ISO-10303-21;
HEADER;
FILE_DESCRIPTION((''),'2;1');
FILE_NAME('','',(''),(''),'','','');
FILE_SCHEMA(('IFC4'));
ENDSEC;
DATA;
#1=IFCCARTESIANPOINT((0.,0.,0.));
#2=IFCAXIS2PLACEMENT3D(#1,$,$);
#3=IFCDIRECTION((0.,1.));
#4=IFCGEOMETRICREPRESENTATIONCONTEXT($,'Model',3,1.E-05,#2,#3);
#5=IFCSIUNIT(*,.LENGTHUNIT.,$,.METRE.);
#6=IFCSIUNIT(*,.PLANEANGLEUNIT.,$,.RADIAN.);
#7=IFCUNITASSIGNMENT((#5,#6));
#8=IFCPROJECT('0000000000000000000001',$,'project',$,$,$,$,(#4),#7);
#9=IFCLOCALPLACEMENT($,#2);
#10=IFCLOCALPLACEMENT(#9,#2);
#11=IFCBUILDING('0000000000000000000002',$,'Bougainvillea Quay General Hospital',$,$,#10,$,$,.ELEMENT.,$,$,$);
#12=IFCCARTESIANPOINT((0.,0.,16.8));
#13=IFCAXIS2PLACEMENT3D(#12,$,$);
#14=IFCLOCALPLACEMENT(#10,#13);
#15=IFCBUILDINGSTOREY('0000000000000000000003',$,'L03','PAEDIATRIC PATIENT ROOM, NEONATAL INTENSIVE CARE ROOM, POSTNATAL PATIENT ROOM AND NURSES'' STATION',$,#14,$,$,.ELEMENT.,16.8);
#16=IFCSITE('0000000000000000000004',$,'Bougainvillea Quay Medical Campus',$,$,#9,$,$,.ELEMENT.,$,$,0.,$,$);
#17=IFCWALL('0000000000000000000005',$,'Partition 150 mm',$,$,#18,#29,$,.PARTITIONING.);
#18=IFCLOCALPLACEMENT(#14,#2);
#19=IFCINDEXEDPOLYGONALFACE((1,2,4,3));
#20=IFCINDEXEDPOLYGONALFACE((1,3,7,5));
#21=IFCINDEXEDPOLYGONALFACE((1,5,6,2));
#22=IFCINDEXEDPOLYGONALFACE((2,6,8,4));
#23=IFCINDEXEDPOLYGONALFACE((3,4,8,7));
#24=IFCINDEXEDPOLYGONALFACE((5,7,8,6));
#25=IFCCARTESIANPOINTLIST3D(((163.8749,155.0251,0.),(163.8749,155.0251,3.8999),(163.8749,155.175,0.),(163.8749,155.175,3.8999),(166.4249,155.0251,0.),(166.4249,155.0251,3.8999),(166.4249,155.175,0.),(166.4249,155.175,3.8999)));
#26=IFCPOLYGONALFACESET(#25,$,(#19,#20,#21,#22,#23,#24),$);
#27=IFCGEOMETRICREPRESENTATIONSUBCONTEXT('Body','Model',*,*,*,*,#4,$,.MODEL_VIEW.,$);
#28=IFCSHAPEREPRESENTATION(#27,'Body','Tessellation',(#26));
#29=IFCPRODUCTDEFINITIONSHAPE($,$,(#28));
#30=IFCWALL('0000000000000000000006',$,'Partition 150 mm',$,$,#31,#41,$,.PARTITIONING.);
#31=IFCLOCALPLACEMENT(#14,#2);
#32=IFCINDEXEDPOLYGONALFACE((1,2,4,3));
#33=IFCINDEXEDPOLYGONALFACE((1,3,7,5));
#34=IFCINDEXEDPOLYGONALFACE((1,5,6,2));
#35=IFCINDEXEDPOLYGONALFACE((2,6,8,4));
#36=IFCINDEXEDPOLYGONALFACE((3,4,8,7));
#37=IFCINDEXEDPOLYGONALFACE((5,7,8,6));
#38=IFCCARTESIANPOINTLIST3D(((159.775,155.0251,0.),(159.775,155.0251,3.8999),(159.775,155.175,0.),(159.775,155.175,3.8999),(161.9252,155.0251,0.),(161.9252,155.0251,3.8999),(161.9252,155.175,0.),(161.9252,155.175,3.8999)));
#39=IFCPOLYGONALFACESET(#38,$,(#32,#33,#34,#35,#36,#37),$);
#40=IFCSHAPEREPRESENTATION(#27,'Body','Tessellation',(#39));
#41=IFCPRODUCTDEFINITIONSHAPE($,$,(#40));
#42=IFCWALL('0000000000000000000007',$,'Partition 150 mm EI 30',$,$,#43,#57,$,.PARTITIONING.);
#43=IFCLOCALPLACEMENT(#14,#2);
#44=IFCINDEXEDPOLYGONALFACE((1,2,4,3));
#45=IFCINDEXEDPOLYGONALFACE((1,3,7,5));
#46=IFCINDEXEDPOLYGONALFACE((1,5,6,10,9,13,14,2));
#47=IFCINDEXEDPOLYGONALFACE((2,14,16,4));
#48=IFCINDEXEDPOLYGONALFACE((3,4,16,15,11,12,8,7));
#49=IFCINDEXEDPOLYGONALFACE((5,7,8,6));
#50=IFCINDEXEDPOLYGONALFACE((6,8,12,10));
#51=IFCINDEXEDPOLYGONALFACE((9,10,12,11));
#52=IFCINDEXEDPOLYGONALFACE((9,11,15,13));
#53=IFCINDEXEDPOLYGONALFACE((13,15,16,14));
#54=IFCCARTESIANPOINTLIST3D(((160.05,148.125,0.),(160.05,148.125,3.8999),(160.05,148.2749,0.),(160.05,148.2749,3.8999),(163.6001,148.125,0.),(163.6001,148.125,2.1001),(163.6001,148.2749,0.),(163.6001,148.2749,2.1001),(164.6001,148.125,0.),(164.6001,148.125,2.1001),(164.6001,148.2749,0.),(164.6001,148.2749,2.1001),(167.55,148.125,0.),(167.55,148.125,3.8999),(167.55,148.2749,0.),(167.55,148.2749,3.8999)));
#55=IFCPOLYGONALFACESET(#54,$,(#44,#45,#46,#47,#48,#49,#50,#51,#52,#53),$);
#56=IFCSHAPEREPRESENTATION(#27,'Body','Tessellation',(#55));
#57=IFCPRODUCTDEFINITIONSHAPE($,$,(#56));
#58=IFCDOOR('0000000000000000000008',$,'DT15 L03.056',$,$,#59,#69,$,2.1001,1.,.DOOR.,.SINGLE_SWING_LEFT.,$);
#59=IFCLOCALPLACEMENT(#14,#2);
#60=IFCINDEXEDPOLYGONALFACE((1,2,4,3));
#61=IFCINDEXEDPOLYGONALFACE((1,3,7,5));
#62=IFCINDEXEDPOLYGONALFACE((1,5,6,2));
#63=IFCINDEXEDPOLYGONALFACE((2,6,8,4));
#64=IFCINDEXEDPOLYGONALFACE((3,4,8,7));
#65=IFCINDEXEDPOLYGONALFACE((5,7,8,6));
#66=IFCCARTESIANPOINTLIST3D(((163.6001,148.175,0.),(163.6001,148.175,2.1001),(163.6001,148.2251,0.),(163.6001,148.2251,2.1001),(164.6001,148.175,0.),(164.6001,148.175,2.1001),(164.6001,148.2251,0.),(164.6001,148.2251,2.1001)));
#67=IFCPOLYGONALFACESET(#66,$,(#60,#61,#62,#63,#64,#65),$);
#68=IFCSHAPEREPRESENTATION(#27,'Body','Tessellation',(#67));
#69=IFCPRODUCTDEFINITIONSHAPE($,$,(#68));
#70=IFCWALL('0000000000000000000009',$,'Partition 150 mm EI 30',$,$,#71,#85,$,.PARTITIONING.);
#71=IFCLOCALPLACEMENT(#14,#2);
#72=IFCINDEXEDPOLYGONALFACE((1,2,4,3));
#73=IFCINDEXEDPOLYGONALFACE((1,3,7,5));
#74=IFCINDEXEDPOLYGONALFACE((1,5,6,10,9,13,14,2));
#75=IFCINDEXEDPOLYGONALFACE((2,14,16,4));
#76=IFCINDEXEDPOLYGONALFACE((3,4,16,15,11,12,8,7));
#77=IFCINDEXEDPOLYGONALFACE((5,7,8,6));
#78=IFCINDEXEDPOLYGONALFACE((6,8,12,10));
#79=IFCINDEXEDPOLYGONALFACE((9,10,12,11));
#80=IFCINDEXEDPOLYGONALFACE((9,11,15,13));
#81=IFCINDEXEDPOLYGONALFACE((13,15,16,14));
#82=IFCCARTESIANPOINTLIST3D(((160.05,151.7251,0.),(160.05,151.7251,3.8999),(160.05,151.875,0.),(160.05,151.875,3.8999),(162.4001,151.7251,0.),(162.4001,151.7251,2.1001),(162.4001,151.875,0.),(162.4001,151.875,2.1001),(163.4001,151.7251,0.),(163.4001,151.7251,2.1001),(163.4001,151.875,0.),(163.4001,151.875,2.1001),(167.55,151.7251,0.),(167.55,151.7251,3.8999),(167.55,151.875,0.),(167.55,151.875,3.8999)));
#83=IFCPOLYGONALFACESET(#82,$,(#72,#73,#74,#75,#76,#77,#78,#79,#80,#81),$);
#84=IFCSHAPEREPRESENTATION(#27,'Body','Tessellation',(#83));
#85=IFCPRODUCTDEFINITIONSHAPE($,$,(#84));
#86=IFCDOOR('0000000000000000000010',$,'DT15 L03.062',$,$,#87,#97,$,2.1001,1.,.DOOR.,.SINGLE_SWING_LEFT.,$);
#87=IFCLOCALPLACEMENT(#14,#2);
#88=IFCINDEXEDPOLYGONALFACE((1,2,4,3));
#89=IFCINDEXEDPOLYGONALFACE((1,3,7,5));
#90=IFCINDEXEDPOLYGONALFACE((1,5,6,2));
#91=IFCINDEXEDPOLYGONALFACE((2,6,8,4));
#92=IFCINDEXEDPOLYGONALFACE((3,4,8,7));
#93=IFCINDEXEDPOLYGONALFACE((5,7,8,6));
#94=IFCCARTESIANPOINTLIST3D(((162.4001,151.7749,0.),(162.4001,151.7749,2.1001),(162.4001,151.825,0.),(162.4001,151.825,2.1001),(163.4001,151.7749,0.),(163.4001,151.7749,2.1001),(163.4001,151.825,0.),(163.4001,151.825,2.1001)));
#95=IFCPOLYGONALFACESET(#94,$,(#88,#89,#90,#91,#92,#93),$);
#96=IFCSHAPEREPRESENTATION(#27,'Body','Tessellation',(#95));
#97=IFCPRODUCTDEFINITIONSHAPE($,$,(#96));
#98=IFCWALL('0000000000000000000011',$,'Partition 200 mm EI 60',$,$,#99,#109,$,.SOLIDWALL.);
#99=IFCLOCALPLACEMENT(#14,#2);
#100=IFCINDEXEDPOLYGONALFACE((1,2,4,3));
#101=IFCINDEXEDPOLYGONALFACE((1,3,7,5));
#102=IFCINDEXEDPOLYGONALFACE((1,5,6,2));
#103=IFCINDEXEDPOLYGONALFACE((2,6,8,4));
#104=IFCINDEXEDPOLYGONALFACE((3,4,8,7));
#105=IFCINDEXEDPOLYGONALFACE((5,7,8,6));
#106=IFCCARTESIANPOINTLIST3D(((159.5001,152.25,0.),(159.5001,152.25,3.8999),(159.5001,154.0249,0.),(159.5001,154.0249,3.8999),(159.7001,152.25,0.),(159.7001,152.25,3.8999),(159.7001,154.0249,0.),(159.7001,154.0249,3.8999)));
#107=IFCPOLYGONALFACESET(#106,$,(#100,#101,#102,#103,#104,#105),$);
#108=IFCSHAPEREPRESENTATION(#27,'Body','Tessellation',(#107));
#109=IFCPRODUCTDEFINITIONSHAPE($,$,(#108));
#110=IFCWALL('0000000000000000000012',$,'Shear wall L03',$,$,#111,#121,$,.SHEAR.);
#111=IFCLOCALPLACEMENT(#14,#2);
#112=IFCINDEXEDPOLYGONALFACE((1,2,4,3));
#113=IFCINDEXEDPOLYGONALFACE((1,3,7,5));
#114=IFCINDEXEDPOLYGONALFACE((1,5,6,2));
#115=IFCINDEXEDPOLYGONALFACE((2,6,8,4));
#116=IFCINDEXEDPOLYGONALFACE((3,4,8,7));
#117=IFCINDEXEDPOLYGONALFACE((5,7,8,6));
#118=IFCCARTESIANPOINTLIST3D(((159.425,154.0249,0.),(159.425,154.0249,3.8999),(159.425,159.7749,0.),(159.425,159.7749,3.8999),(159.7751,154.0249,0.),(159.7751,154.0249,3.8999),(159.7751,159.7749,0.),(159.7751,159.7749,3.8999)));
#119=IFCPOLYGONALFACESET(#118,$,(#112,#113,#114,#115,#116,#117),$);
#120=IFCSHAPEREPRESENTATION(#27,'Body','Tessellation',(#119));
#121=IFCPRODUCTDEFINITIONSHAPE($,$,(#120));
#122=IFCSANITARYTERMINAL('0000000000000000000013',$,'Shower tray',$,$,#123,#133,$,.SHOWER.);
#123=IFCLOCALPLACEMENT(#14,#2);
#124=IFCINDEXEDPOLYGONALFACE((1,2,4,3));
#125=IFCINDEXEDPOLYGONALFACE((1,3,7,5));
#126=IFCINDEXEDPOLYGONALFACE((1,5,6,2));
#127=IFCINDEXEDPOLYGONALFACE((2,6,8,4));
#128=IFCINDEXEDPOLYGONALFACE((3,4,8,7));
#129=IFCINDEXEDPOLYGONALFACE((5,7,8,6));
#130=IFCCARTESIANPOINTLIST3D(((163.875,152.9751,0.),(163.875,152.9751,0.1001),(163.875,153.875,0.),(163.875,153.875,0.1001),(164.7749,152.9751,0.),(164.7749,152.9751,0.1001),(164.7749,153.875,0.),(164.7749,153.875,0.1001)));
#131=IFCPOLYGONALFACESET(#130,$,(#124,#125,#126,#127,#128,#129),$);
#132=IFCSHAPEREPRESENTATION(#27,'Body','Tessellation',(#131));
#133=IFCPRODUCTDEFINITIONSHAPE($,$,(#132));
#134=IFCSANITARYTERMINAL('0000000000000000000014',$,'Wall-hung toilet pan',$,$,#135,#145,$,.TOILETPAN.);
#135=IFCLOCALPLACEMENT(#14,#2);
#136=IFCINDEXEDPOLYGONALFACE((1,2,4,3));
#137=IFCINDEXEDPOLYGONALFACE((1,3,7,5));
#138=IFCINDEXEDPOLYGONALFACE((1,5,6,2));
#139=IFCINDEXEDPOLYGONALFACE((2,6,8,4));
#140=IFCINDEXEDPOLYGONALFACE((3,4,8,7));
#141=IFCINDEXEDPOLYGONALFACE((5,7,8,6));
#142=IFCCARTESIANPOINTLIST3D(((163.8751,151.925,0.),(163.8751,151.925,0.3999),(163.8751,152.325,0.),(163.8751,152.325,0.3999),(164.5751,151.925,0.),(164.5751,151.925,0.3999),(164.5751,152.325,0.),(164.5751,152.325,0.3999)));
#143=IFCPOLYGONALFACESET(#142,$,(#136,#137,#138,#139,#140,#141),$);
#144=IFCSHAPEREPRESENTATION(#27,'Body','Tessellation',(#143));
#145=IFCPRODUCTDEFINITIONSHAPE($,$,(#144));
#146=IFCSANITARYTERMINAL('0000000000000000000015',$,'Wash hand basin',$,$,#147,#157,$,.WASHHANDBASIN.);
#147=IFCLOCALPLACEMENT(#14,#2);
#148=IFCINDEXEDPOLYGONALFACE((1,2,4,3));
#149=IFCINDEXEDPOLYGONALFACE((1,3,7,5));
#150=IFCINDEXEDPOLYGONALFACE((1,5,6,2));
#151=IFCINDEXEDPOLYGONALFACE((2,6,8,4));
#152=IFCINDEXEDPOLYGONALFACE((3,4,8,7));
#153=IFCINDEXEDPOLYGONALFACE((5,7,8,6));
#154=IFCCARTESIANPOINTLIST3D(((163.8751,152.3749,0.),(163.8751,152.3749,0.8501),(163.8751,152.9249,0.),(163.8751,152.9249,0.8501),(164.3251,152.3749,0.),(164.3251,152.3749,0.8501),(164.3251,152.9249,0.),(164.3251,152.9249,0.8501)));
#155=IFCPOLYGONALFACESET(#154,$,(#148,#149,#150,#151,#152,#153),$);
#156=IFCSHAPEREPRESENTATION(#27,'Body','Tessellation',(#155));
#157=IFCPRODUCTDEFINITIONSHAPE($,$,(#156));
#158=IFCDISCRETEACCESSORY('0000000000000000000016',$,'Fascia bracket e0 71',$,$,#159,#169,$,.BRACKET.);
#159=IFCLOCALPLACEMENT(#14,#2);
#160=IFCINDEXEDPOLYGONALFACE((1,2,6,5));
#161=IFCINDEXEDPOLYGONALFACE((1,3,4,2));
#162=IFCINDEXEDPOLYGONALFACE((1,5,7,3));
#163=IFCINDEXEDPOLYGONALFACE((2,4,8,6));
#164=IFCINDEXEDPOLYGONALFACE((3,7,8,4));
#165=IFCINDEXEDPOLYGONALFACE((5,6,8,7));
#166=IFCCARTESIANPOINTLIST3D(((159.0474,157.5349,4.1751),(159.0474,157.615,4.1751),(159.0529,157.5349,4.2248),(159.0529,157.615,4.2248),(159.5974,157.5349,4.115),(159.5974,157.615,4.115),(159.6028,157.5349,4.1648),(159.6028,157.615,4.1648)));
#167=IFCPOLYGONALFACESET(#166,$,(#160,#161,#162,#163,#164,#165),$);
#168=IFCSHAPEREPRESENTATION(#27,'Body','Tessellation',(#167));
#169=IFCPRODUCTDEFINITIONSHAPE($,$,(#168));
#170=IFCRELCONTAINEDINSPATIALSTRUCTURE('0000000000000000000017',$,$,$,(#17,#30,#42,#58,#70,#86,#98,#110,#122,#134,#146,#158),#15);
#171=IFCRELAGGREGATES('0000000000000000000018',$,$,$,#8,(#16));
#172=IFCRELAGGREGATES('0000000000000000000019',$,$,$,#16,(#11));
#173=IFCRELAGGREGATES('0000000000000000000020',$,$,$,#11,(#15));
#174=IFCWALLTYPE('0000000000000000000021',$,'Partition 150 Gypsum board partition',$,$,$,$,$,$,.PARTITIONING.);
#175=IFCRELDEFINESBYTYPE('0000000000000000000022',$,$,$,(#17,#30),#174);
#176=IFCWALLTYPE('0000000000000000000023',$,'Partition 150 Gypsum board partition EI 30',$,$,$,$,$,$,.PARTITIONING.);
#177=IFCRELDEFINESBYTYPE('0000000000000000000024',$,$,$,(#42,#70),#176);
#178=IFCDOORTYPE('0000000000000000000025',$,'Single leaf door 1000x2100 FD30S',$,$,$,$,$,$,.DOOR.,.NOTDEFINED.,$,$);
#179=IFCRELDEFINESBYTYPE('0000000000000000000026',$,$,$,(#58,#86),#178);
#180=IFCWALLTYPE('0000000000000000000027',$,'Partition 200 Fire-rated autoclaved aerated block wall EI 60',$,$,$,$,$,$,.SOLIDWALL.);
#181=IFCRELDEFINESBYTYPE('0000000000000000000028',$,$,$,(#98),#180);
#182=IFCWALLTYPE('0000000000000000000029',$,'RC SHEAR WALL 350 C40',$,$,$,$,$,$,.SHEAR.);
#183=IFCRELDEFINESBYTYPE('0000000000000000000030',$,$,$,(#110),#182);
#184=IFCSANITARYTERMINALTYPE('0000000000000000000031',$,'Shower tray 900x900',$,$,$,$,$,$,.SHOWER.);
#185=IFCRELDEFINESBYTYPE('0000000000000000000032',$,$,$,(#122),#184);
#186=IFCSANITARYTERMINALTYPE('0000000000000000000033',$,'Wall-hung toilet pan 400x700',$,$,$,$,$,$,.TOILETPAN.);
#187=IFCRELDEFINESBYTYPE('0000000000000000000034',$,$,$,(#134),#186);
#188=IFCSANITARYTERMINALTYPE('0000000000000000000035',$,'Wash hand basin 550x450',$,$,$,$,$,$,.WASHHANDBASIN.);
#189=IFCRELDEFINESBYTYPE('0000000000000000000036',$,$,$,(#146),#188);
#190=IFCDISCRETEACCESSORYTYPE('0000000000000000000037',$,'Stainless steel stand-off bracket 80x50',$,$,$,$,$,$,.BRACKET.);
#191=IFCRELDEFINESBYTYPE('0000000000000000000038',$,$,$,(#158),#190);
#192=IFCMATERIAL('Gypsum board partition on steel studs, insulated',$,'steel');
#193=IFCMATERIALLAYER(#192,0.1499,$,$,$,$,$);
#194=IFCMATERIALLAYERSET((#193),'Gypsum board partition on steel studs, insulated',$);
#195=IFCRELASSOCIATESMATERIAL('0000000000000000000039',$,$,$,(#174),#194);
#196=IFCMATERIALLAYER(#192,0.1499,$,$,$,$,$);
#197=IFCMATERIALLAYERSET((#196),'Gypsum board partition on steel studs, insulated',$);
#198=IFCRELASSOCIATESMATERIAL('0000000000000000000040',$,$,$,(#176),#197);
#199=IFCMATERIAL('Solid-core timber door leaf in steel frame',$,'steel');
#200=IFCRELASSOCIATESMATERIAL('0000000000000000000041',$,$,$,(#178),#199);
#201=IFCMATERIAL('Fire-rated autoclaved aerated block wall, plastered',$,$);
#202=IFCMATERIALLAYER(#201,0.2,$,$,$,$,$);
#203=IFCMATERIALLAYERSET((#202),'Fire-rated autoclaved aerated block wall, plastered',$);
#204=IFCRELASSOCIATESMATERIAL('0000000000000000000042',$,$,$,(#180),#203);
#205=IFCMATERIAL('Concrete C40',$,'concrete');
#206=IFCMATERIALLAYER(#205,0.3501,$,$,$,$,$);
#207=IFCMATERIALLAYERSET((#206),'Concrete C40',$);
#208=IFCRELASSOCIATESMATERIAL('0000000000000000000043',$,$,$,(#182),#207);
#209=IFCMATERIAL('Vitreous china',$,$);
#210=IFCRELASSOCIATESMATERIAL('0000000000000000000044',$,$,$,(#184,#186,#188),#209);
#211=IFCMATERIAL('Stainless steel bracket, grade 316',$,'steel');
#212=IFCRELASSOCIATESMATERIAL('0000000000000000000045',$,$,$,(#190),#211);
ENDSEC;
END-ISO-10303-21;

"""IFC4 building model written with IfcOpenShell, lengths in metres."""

from ifc_helpers import new_model, si_unit, direction, frame, frame_2d, origin, origin_2d, place, context, subcontext, project, spatial, rectangle, extrude, material, layer, layer_set, material_profile, profile_set, type_object, element, fill, save


model = new_model("IFC4")

# Units and contexts
model_context = context("Model", 3, precision=1e-05, world=origin(), true_north=direction((0.0, 1.0)))
body_context = subcontext(model_context, "Body", "Model", "MODEL_VIEW")
ifc_project = project(units=[si_unit("LENGTHUNIT", "METRE"), si_unit("PLANEANGLEUNIT", "RADIAN")], contexts=[model_context])

# Site, building, storey
site_placement = place(None, origin())
site = spatial("IfcSite", under=ifc_project, at=site_placement, Name="Bougainvillea Quay Medical Campus", CompositionType="ELEMENT", RefElevation=0.0)
building_placement = place(site_placement, origin())
building = spatial("IfcBuilding", under=site, at=building_placement, Name="Bougainvillea Quay General Hospital", CompositionType="ELEMENT")
storey_placement = place(building_placement, frame((0.0, 0.0, 16.8)))
storey = spatial("IfcBuildingStorey", under=building, at=storey_placement, Name="L03", Description="PAEDIATRIC PATIENT ROOM, NEONATAL INTENSIVE CARE ROOM, POSTNATAL PATIENT ROOM AND NURSES' STATION", CompositionType="ELEMENT", Elevation=16.8)

# Shared definitions
ifc_material_1 = material(Name="Concrete C40", Category="concrete")

# Shared definitions
ifc_material_2 = material(Name="Gypsum board partition on steel studs, insulated", Category="steel")
ifc_layer_1 = layer(ifc_material_2, 0.1499)
ifc_layer_set_1 = layer_set([ifc_layer_1], Name="Gypsum board partition on steel studs, insulated")
wall_type_1 = type_object("IfcWallType", Name="Partition 150 Gypsum board partition", PredefinedType="PARTITIONING", material=ifc_layer_set_1)

# Shared definitions
ifc_material_3 = material(Name="Solid-core timber door leaf in steel frame", Category="steel")

# Walls
wall_1_placement = place(storey_placement, frame((163.875, 155.1001, 0.0), z_axis=(0.0, 0.0, 1.0), x_axis=(1.0, 0.0, 0.0)))
element("IfcWall", 1, at=wall_1_placement, inside=storey, type_object=wall_type_1, Name="Partition 150 mm", PredefinedType="PARTITIONING", context=body_context, shape_type="SweptSolid", body=[
    extrude(rectangle(XDim=2.55, YDim=0.1499, at=frame_2d((1.2749, 0.0))), origin(), (0.0, 0.0, 1.0), 3.8999),
])
wall_2_placement = place(storey_placement, frame((159.7749, 155.1001, 0.0), z_axis=(0.0, 0.0, 1.0), x_axis=(1.0, 0.0, 0.0)))
element("IfcWall", 2, at=wall_2_placement, inside=storey, type_object=wall_type_1, Name="Partition 150 mm", PredefinedType="PARTITIONING", context=body_context, shape_type="SweptSolid", body=[
    extrude(rectangle(XDim=2.1501, YDim=0.1499, at=frame_2d((1.0752, 0.0))), origin(), (0.0, 0.0, 1.0), 3.8999),
])

# Walls, openings, doors
ifc_layer_2 = layer(ifc_material_2, 0.1499)
ifc_layer_set_2 = layer_set([ifc_layer_2], Name="Gypsum board partition on steel studs, insulated")
wall_type_2 = type_object("IfcWallType", Name="Partition 150 Gypsum board partition EI 30", PredefinedType="PARTITIONING", material=ifc_layer_set_2)
wall_3_placement = place(storey_placement, frame((167.55, 148.2, 0.0), z_axis=(0.0, 0.0, 1.0), x_axis=(-1.0, 0.0, 0.0)))
wall_3 = element("IfcWall", 3, at=wall_3_placement, inside=storey, type_object=wall_type_2, Name="Partition 150 mm EI 30", PredefinedType="PARTITIONING", context=body_context, shape_type="SweptSolid", body=[
    extrude(rectangle(XDim=7.5, YDim=0.1499, at=frame_2d((3.75, 0.0))), origin(), (0.0, 0.0, 1.0), 3.8999),
])
opening_1_placement = place(wall_3_placement, frame((2.95, 0.0, 0.0)))
opening_1 = element("IfcOpeningElement", 4, at=opening_1_placement, cuts=wall_3, PredefinedType="OPENING", context=body_context, shape_type="SweptSolid", body=[
    extrude(rectangle(XDim=1.0, YDim=2.1001, at=frame_2d((0.5, 1.05))), frame((0.0, 0.085, 0.0), z_axis=(0.0, -1.0, 0.0), x_axis=(1.0, 0.0, 0.0)), (0.0, 0.0, 1.0), 0.1699),
])
door_type_1 = type_object("IfcDoorType", Name="Single leaf door 1000x2100 FD30S", OperationType="NOTDEFINED", PredefinedType="DOOR", material=ifc_material_3)
door_1_placement = place(opening_1_placement, origin())
door_1 = element("IfcDoor", 5, at=door_1_placement, inside=storey, type_object=door_type_1, Name="DT15 L03.056", OperationType="SINGLE_SWING_LEFT", OverallHeight=2.1001, OverallWidth=1.0, PredefinedType="DOOR", context=body_context, shape_type="SweptSolid", body=[
    extrude(rectangle(XDim=1.0, YDim=2.1001, at=frame_2d((0.5, 1.05))), frame((0.0, 0.0249, 0.0), z_axis=(0.0, -1.0, 0.0), x_axis=(1.0, 0.0, 0.0)), (0.0, 0.0, 1.0), 0.05),
])
fill(opening_1, door_1)
wall_4_placement = place(storey_placement, frame((167.55, 151.8, 0.0), z_axis=(0.0, 0.0, 1.0), x_axis=(-1.0, 0.0, 0.0)))
wall_4 = element("IfcWall", 6, at=wall_4_placement, inside=storey, type_object=wall_type_2, Name="Partition 150 mm EI 30", PredefinedType="PARTITIONING", context=body_context, shape_type="SweptSolid", body=[
    extrude(rectangle(XDim=7.5, YDim=0.1499, at=frame_2d((3.75, 0.0))), origin(), (0.0, 0.0, 1.0), 3.8999),
])
opening_2_placement = place(wall_4_placement, frame((4.1499, 0.0, 0.0)))
opening_2 = element("IfcOpeningElement", 7, at=opening_2_placement, cuts=wall_4, PredefinedType="OPENING", context=body_context, shape_type="SweptSolid", body=[
    extrude(rectangle(XDim=1.0, YDim=2.1001, at=frame_2d((0.5, 1.05))), frame((0.0, 0.085, 0.0), z_axis=(0.0, -1.0, 0.0), x_axis=(1.0, 0.0, 0.0)), (0.0, 0.0, 1.0), 0.1699),
])
door_2_placement = place(opening_2_placement, frame((1.0, 0.0, 0.0), z_axis=(0.0, 0.0, 1.0), x_axis=(-1.0, 0.0, 0.0)))
door_2 = element("IfcDoor", 8, at=door_2_placement, inside=storey, type_object=door_type_1, Name="DT15 L03.062", OperationType="SINGLE_SWING_LEFT", OverallHeight=2.1001, OverallWidth=1.0, PredefinedType="DOOR", context=body_context, shape_type="SweptSolid", body=[
    extrude(rectangle(XDim=1.0, YDim=2.1001, at=frame_2d((0.5, 1.05))), frame((0.0, 0.0249, 0.0), z_axis=(0.0, -1.0, 0.0), x_axis=(1.0, 0.0, 0.0)), (0.0, 0.0, 1.0), 0.05),
])
fill(opening_2, door_2)

# Walls
ifc_material_4 = material(Name="Fire-rated autoclaved aerated block wall, plastered")
ifc_layer_3 = layer(ifc_material_4, 0.2)
ifc_layer_set_3 = layer_set([ifc_layer_3], Name="Fire-rated autoclaved aerated block wall, plastered")
wall_type_3 = type_object("IfcWallType", Name="Partition 200 Fire-rated autoclaved aerated block wall EI 60", PredefinedType="SOLIDWALL", material=ifc_layer_set_3)
wall_5_placement = place(storey_placement, frame((159.6001, 152.25, 0.0), z_axis=(0.0, 0.0, 1.0), x_axis=(0.0, 1.0, 0.0)))
element("IfcWall", 9, at=wall_5_placement, inside=storey, type_object=wall_type_3, Name="Partition 200 mm EI 60", PredefinedType="SOLIDWALL", context=body_context, shape_type="SweptSolid", body=[
    extrude(rectangle(XDim=1.7749, YDim=0.2, at=frame_2d((0.8875, 0.0))), origin(), (0.0, 0.0, 1.0), 3.8999),
])
ifc_layer_4 = layer(ifc_material_1, 0.3501)
ifc_layer_set_4 = layer_set([ifc_layer_4], Name="Concrete C40")
wall_type_4 = type_object("IfcWallType", Name="RC SHEAR WALL 350 C40", PredefinedType="SHEAR", material=ifc_layer_set_4)
wall_6_placement = place(storey_placement, frame((159.6001, 154.0249, 0.0), z_axis=(0.0, 0.0, 1.0), x_axis=(0.0, 1.0, 0.0)))
element("IfcWall", 10, at=wall_6_placement, inside=storey, type_object=wall_type_4, Name="Shear wall L03", PredefinedType="SHEAR", context=body_context, shape_type="SweptSolid", body=[
    extrude(rectangle(XDim=5.75, YDim=0.3501, at=frame_2d((2.875, 0.0))), origin(), (0.0, 0.0, 1.0), 3.8999),
])

# Sanitary terminals
ifc_material_5 = material(Name="Vitreous china")
sanitary_terminal_type_1 = type_object("IfcSanitaryTerminalType", Name="Shower tray 900x900", PredefinedType="SHOWER", material=ifc_material_5)
sanitary_terminal_1_placement = place(storey_placement, frame((164.325, 153.425, 0.0), z_axis=(0.0, 0.0, 1.0), x_axis=(0.0, 1.0, 0.0)))
element("IfcSanitaryTerminal", 11, at=sanitary_terminal_1_placement, inside=storey, type_object=sanitary_terminal_type_1, Name="Shower tray", PredefinedType="SHOWER", context=body_context, shape_type="SweptSolid", body=[
    extrude(rectangle(XDim=0.8999, YDim=0.8999, at=origin_2d()), origin(), (0.0, 0.0, 1.0), 0.1001),
])
sanitary_terminal_type_2 = type_object("IfcSanitaryTerminalType", Name="Wall-hung toilet pan 400x700", PredefinedType="TOILETPAN", material=ifc_material_5)
sanitary_terminal_2_placement = place(storey_placement, frame((164.2251, 152.125, 0.0), z_axis=(0.0, 0.0, 1.0), x_axis=(0.0, 1.0, 0.0)))
element("IfcSanitaryTerminal", 12, at=sanitary_terminal_2_placement, inside=storey, type_object=sanitary_terminal_type_2, Name="Wall-hung toilet pan", PredefinedType="TOILETPAN", context=body_context, shape_type="SweptSolid", body=[
    extrude(rectangle(XDim=0.3999, YDim=0.7, at=origin_2d()), origin(), (0.0, 0.0, 1.0), 0.3999),
])
sanitary_terminal_type_3 = type_object("IfcSanitaryTerminalType", Name="Wash hand basin 550x450", PredefinedType="WASHHANDBASIN", material=ifc_material_5)
sanitary_terminal_3_placement = place(storey_placement, frame((164.1001, 152.6499, 0.0), z_axis=(0.0, 0.0, 1.0), x_axis=(0.0, 1.0, 0.0)))
element("IfcSanitaryTerminal", 13, at=sanitary_terminal_3_placement, inside=storey, type_object=sanitary_terminal_type_3, Name="Wash hand basin", PredefinedType="WASHHANDBASIN", context=body_context, shape_type="SweptSolid", body=[
    extrude(rectangle(XDim=0.55, YDim=0.45, at=origin_2d()), origin(), (0.0, 0.0, 1.0), 0.8501),
])

# Discrete accessory
ifc_material_6 = material(Name="Stainless steel bracket, grade 316", Category="steel")
ifc_material_profile_1 = material_profile(ifc_material_6, rectangle(XDim=0.0801, YDim=0.05, at=origin_2d()))
ifc_profile_set_1 = profile_set([ifc_material_profile_1], Name="Stainless steel bracket, grade 316")
discrete_accessory_type = type_object("IfcDiscreteAccessoryType", Name="Stainless steel stand-off bracket 80x50", PredefinedType="BRACKET", material=ifc_profile_set_1)
for number, where, z_axis, x_axis, name in (
    (14, (159.6001, 157.575, 4.1399), (-0.994092, 0.0, 0.108543), (0.0, -1.0, 0.0), "Fascia bracket e0 71"),
):
    element("IfcDiscreteAccessory", number, at=place(storey_placement, frame(where, z_axis=z_axis, x_axis=x_axis)), inside=storey, type_object=discrete_accessory_type, Name=name, PredefinedType="BRACKET", context=body_context, shape_type="SweptSolid", body=[
        extrude(rectangle(XDim=0.0801, YDim=0.05, at=origin_2d()), origin(), (0.0, 0.0, 1.0), 0.5532),
    ])

save(model, "model.ifc")
